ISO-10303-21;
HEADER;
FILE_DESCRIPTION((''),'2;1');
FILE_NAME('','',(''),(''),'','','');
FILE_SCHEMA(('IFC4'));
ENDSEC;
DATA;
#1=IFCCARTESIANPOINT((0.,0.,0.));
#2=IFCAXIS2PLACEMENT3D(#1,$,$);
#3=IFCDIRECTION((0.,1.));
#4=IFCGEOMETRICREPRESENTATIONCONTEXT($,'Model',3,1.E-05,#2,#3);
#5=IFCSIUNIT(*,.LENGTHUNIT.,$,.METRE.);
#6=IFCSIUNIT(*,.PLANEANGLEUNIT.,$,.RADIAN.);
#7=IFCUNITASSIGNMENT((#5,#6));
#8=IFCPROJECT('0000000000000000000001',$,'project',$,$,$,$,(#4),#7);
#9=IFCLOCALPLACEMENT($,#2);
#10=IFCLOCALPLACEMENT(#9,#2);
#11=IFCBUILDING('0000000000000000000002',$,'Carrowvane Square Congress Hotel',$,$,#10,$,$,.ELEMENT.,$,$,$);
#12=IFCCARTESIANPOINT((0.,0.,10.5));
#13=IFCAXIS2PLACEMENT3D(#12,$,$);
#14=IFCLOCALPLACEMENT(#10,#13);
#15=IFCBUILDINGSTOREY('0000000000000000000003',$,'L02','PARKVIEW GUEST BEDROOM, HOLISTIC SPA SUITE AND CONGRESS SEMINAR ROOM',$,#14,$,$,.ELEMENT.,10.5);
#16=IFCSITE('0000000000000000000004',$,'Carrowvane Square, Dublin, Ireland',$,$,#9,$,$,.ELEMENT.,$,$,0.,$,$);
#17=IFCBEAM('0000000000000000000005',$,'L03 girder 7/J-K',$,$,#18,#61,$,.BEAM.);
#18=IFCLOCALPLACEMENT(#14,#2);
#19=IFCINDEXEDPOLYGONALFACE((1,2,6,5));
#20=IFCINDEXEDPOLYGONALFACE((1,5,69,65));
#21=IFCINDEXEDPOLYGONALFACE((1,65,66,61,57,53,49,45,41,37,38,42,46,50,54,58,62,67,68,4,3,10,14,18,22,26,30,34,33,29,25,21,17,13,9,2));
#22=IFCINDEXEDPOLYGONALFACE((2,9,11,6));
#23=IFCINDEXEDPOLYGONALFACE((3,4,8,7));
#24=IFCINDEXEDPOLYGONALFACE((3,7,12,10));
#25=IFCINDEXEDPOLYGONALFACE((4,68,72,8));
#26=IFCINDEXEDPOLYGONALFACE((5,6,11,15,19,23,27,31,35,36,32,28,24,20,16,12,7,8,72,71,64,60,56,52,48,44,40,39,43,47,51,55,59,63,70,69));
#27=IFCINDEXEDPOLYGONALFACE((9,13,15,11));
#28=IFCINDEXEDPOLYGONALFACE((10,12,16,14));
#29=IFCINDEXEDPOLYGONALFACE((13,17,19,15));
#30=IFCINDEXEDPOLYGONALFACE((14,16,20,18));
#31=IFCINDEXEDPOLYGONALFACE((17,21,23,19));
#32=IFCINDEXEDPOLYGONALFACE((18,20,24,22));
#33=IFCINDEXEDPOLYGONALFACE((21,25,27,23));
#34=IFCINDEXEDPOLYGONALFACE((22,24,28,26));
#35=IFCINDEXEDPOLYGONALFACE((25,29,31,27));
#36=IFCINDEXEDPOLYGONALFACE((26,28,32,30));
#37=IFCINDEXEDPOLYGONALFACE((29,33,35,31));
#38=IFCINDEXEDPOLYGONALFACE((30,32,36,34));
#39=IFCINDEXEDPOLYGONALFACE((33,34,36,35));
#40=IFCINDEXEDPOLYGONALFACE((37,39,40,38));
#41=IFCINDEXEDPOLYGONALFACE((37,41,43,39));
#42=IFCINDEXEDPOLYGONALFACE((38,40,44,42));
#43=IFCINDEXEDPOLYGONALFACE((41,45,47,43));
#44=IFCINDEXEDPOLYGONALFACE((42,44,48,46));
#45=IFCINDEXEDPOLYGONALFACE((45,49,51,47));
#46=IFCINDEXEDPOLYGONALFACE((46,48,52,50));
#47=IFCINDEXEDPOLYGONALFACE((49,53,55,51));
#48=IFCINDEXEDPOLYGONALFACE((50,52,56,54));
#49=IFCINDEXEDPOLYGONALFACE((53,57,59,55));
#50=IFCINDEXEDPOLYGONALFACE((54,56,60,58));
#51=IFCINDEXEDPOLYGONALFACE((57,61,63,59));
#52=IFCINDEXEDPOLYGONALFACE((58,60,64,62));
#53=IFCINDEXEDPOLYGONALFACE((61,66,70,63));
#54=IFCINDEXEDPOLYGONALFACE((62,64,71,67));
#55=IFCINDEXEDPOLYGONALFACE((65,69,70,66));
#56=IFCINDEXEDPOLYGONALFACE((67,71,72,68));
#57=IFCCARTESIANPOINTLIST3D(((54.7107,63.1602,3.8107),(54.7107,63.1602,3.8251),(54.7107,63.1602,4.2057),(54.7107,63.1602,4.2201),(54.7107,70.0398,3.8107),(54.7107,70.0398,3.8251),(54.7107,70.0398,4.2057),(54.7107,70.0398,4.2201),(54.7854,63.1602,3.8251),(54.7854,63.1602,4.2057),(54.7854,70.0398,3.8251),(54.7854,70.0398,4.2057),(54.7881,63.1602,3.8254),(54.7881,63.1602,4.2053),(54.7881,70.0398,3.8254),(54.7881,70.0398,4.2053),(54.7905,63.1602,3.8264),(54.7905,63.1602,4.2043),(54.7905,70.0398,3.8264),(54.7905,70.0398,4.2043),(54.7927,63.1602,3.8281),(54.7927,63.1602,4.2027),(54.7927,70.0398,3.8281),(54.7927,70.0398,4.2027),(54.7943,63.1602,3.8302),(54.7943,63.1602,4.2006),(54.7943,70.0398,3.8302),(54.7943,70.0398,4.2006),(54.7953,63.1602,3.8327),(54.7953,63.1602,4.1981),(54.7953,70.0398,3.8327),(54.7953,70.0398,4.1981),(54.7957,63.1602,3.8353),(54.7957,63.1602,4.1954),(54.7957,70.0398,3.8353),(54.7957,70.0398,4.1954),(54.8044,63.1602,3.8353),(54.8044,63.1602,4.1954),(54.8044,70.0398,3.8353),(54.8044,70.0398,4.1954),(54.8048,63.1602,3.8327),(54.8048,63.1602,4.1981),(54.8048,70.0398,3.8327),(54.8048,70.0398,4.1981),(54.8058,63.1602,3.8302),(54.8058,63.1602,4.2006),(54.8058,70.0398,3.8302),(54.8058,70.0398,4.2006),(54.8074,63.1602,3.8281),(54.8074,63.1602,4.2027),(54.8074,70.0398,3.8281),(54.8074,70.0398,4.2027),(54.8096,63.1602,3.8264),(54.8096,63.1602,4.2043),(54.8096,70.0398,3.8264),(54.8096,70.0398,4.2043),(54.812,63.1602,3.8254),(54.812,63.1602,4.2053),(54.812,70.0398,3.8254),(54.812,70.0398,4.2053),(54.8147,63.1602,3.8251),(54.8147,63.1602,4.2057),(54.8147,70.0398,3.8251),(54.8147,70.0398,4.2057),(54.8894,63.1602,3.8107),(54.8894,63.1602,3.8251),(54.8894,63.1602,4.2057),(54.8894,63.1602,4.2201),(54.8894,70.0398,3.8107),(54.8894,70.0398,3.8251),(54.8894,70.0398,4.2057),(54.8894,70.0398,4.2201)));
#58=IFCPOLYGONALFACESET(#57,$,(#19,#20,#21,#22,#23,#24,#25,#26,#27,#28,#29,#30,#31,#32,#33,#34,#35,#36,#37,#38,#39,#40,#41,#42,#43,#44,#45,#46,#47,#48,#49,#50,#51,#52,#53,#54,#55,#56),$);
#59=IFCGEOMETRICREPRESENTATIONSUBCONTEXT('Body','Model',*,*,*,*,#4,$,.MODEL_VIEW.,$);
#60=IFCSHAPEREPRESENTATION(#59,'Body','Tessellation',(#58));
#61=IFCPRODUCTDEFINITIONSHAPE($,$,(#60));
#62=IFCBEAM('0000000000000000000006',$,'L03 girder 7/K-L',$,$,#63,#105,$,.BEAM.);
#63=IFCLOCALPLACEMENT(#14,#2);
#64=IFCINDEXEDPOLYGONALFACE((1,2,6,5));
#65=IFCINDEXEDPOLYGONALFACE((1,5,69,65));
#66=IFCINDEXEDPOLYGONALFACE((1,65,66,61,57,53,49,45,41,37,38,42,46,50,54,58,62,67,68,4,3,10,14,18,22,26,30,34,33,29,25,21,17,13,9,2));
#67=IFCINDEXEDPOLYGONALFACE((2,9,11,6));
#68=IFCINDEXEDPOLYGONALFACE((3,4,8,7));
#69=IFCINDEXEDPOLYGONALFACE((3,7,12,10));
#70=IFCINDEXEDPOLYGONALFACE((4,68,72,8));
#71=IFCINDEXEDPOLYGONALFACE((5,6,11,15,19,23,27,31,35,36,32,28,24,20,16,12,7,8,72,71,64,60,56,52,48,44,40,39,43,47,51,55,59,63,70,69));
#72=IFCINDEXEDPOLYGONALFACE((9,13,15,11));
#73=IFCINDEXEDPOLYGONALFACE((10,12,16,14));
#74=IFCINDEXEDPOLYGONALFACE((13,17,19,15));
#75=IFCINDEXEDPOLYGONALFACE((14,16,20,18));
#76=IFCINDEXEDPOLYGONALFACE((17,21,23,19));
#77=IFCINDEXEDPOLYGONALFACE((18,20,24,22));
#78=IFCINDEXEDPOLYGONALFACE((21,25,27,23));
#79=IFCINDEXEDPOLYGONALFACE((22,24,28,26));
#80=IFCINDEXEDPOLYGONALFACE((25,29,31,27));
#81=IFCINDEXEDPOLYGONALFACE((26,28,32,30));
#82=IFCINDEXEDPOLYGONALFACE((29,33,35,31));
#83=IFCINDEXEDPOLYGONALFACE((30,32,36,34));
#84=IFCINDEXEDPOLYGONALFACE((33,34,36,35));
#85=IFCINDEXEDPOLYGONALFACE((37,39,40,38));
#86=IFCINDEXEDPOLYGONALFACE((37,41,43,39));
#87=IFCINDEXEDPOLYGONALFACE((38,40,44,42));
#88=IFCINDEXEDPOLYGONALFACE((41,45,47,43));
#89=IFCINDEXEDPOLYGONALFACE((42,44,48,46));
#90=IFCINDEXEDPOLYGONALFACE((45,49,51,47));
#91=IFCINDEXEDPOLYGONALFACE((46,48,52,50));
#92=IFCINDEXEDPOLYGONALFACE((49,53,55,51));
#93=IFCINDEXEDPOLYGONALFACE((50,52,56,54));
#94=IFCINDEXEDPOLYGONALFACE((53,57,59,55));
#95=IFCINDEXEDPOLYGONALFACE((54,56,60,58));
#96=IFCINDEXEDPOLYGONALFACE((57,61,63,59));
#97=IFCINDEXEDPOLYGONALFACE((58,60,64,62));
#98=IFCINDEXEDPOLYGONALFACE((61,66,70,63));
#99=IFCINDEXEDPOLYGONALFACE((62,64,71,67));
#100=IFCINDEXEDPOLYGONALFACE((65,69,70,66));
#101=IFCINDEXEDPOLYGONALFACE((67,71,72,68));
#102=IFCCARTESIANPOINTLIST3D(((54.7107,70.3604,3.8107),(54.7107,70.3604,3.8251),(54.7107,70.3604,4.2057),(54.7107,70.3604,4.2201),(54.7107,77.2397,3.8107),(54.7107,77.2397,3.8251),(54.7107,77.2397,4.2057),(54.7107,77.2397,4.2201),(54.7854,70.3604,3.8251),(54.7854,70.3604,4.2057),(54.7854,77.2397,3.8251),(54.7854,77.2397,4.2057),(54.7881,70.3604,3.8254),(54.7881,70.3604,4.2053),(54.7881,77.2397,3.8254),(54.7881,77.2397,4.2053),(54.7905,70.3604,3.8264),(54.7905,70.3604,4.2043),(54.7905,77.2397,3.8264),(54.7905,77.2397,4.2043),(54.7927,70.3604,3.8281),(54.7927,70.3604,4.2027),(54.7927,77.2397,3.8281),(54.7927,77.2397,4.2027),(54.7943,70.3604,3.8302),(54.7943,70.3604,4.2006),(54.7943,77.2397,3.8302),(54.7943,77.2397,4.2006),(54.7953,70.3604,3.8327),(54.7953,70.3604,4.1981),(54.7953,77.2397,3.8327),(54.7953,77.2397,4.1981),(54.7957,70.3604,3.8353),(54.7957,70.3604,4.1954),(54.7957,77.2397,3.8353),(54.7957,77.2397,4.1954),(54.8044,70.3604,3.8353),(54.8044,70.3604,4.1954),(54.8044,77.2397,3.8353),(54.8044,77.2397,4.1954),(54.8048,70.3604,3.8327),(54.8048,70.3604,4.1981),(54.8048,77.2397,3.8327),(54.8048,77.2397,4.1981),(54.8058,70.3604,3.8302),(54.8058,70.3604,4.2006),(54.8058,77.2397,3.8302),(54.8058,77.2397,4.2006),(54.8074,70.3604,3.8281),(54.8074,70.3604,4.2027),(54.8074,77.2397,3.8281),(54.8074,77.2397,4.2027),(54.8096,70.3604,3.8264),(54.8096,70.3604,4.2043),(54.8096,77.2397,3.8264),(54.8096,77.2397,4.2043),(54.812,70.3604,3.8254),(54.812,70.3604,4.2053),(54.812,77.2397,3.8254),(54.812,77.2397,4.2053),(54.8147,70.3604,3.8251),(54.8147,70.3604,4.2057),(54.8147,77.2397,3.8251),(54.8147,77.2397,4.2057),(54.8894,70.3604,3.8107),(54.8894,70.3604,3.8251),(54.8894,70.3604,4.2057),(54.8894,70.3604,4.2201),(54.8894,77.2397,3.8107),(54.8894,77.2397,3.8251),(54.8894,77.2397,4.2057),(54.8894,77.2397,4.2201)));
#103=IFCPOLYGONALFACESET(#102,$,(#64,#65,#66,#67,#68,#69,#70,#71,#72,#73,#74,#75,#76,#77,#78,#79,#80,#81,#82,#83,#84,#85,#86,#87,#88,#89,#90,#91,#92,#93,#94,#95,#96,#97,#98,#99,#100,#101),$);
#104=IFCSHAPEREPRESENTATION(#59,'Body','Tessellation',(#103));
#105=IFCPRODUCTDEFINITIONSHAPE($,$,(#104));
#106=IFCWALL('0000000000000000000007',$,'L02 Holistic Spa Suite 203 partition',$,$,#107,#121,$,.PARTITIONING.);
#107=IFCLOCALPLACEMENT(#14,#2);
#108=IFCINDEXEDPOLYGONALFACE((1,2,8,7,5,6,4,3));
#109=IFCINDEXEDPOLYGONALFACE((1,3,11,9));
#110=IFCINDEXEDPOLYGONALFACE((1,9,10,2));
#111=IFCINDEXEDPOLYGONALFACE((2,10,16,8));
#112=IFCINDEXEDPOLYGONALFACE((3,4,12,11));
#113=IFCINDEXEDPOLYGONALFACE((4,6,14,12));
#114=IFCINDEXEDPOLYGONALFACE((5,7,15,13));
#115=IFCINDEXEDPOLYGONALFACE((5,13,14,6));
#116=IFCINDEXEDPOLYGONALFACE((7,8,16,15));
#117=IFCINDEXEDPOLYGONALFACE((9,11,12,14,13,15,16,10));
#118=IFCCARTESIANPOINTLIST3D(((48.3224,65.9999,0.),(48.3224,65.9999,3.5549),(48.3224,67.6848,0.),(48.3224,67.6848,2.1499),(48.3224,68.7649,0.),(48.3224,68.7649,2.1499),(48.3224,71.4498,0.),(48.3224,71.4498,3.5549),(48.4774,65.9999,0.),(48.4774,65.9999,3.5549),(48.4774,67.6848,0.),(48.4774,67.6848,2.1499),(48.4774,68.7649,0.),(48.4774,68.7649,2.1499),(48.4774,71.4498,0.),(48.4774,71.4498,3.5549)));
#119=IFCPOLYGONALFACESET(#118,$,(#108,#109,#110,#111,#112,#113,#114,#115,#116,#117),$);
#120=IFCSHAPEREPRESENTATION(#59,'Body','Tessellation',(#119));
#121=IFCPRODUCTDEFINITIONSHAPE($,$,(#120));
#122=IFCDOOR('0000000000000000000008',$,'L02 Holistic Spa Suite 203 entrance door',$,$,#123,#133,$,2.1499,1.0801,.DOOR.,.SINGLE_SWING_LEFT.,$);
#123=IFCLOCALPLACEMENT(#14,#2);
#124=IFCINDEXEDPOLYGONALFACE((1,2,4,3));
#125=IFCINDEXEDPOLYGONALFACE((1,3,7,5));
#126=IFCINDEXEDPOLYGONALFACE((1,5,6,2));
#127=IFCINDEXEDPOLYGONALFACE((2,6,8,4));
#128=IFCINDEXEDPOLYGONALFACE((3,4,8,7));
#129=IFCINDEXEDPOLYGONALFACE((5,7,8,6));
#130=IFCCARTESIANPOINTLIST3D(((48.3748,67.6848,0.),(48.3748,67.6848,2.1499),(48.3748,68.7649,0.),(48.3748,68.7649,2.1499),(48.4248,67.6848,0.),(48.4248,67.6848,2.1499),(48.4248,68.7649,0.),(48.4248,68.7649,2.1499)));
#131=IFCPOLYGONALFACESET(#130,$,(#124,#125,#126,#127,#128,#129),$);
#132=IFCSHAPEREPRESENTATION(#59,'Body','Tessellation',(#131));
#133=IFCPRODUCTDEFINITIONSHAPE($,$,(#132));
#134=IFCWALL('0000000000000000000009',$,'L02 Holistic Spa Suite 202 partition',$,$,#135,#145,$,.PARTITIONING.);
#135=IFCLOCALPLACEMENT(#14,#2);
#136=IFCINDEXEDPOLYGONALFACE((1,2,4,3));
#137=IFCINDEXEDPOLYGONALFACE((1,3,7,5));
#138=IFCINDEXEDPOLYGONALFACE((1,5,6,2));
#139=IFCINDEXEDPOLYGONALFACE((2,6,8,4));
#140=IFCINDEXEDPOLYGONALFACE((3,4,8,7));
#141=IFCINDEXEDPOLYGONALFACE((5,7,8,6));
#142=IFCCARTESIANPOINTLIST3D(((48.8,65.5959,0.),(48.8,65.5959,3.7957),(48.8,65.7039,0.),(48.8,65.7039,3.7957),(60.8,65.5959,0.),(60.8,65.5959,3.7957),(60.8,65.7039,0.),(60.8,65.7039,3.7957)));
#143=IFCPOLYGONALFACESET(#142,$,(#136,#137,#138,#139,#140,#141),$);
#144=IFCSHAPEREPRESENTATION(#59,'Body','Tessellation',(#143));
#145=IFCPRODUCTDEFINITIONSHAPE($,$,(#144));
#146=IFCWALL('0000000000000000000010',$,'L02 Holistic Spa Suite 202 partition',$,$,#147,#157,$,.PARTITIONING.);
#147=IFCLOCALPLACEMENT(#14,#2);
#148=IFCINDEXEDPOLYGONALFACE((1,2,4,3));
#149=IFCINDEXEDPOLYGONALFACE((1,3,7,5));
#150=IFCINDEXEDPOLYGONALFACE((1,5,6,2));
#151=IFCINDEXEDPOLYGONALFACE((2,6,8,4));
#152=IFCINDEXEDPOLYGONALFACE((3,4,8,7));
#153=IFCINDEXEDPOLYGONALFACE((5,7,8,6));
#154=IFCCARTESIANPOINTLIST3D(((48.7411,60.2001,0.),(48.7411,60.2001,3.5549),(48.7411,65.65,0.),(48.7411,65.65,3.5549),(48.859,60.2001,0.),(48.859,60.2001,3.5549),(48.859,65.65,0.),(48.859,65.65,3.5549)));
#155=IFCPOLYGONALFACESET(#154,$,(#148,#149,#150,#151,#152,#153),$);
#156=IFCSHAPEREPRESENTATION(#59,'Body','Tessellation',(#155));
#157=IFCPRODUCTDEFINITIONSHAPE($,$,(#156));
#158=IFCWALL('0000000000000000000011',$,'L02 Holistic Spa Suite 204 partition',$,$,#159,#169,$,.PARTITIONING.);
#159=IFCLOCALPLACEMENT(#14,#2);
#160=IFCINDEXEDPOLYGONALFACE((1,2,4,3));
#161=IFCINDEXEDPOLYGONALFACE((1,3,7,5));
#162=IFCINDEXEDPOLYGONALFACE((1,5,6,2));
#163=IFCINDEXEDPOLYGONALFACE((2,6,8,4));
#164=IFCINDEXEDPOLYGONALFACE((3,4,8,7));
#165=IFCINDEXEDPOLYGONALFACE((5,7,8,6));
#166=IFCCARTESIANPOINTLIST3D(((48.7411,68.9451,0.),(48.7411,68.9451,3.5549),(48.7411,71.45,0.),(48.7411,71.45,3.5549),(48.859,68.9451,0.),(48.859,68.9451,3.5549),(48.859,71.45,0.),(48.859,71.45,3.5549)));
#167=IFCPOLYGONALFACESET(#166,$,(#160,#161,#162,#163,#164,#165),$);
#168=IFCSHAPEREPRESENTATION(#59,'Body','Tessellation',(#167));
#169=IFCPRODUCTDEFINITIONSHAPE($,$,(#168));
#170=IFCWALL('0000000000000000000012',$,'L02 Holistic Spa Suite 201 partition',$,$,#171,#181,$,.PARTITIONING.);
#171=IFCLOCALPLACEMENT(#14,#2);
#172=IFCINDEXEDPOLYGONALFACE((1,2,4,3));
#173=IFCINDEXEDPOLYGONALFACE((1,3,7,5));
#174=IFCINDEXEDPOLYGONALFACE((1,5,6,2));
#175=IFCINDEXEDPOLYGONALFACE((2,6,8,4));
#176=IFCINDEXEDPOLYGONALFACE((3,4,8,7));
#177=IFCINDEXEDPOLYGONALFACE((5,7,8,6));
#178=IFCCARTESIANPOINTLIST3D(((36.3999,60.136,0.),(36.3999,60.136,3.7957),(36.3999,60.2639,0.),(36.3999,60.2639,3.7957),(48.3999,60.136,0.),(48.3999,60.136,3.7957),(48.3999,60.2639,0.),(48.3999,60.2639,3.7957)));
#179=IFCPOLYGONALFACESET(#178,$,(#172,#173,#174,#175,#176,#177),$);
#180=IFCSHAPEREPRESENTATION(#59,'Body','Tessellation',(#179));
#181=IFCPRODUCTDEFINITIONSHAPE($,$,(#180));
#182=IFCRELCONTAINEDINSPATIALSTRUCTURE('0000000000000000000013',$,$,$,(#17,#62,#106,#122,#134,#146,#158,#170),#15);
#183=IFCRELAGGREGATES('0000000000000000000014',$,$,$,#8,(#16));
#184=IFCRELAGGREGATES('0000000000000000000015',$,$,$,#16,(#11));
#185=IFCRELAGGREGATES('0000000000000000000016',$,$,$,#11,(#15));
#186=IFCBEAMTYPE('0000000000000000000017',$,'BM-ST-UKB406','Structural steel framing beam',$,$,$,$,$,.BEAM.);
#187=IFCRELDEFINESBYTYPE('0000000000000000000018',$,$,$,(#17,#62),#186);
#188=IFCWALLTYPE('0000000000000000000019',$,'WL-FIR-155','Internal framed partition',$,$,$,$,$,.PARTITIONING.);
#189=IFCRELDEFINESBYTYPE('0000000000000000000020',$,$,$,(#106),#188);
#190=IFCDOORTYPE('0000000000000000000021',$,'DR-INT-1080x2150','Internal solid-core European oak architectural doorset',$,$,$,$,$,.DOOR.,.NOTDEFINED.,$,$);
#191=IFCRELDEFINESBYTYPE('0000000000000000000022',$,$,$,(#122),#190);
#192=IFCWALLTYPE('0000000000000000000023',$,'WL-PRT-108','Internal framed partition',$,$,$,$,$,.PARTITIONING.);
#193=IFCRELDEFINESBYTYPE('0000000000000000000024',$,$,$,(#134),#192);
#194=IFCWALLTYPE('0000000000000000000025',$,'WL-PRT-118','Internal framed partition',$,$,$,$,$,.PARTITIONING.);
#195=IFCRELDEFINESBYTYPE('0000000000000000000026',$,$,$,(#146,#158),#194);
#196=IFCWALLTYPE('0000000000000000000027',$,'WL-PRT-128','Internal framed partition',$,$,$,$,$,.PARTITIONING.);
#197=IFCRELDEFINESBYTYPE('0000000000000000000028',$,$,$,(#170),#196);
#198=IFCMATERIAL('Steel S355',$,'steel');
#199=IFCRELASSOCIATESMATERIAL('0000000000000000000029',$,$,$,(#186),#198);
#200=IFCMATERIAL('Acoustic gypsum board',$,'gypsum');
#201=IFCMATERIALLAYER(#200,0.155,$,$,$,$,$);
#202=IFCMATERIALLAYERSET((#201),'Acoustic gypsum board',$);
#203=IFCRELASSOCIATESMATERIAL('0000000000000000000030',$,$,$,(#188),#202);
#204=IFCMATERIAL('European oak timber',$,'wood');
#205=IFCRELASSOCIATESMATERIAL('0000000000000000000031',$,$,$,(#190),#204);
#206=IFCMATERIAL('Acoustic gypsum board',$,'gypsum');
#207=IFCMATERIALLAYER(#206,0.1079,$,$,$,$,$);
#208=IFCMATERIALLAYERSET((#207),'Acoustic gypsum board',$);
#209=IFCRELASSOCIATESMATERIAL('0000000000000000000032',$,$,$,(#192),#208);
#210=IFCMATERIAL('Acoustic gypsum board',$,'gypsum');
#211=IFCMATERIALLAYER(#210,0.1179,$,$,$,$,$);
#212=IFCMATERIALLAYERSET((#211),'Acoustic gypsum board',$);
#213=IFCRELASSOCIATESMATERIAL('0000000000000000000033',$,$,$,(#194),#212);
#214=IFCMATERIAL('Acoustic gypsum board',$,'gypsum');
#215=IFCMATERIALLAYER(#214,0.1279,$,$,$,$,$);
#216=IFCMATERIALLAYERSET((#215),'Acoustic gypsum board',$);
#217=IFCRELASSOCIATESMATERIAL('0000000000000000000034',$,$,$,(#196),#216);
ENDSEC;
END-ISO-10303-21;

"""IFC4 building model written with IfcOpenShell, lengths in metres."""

from ifc_helpers import new_model, si_unit, direction, frame, frame_2d, origin, origin_2d, place, context, subcontext, project, spatial, rectangle, i_section, extrude, material, layer, layer_set, material_profile, profile_set, type_object, element, fill, save


model = new_model("IFC4")

# Units and contexts
model_context = context("Model", 3, precision=1e-05, world=origin(), true_north=direction((0.0, 1.0)))
body_context = subcontext(model_context, "Body", "Model", "MODEL_VIEW")
ifc_project = project(units=[si_unit("LENGTHUNIT", "METRE"), si_unit("PLANEANGLEUNIT", "RADIAN")], contexts=[model_context])

# Site, building, storey
site_placement = place(None, origin())
site = spatial("IfcSite", under=ifc_project, at=site_placement, Name="Carrowvane Square, Dublin, Ireland", CompositionType="ELEMENT", RefElevation=0.0)
building_placement = place(site_placement, origin())
building = spatial("IfcBuilding", under=site, at=building_placement, Name="Carrowvane Square Congress Hotel", CompositionType="ELEMENT")
storey_placement = place(building_placement, frame((0.0, 0.0, 10.5)))
storey = spatial("IfcBuildingStorey", under=building, at=storey_placement, Name="L02", Description="PARKVIEW GUEST BEDROOM, HOLISTIC SPA SUITE AND CONGRESS SEMINAR ROOM", CompositionType="ELEMENT", Elevation=10.5)

# Beams
ifc_material_1 = material(Name="Steel S355", Category="steel")
ifc_material_profile_1 = material_profile(ifc_material_1, i_section(OverallWidth=0.1787, OverallDepth=0.4094, WebThickness=0.0088, FlangeThickness=0.0144, FilletRadius=0.0103, at=origin_2d()), Name="UKB 406x178x67")
ifc_profile_set_1 = profile_set([ifc_material_profile_1], Name="Steel S355")
beam_type_1 = type_object("IfcBeamType", Name="BM-ST-UKB406", Description="Structural steel framing beam", PredefinedType="BEAM", material=ifc_profile_set_1)
beam_1_placement = place(storey_placement, frame((54.8, 63.1602, 4.0154), z_axis=(0.0, 1.0, 0.0), x_axis=(-1.0, 0.0, 0.0)))
element("IfcBeam", 1, at=beam_1_placement, inside=storey, type_object=beam_type_1, Name="L03 girder 7/J-K", PredefinedType="BEAM", context=body_context, shape_type="SweptSolid", body=[
    extrude(i_section(OverallWidth=0.1787, OverallDepth=0.4094, WebThickness=0.0088, FlangeThickness=0.0144, FilletRadius=0.0103, at=origin_2d()), origin(), (0.0, 0.0, 1.0), 6.8796),
])
beam_2_placement = place(storey_placement, frame((54.8, 70.3604, 4.0154), z_axis=(0.0, 1.0, 0.0), x_axis=(-1.0, 0.0, 0.0)))
element("IfcBeam", 2, at=beam_2_placement, inside=storey, type_object=beam_type_1, Name="L03 girder 7/K-L", PredefinedType="BEAM", context=body_context, shape_type="SweptSolid", body=[
    extrude(i_section(OverallWidth=0.1787, OverallDepth=0.4094, WebThickness=0.0088, FlangeThickness=0.0144, FilletRadius=0.0103, at=origin_2d()), origin(), (0.0, 0.0, 1.0), 6.8794),
])

# Wall, opening, door
ifc_material_2 = material(Name="Acoustic gypsum board", Category="gypsum")
ifc_layer_1 = layer(ifc_material_2, 0.155)
ifc_layer_set_1 = layer_set([ifc_layer_1], Name="Acoustic gypsum board")
wall_type_1 = type_object("IfcWallType", Name="WL-FIR-155", Description="Internal framed partition", PredefinedType="PARTITIONING", material=ifc_layer_set_1)
wall_1_placement = place(storey_placement, frame((48.3999, 71.45, 0.0), z_axis=(0.0, 0.0, 1.0), x_axis=(0.0, -1.0, 0.0)))
wall_1 = element("IfcWall", 3, at=wall_1_placement, inside=storey, type_object=wall_type_1, Name="L02 Holistic Spa Suite 203 partition", PredefinedType="PARTITIONING", context=body_context, shape_type="SweptSolid", body=[
    extrude(rectangle(XDim=5.45, YDim=0.155, at=frame_2d((2.7251, 0.0))), origin(), (0.0, 0.0, 1.0), 3.5549),
])
opening_placement = place(wall_1_placement, frame((2.6851, 0.0, 0.0)))
opening = element("IfcOpeningElement", 4, at=opening_placement, cuts=wall_1, PredefinedType="OPENING", context=body_context, shape_type="SweptSolid", body=[
    extrude(rectangle(XDim=1.0801, YDim=2.1499, at=frame_2d((0.54, 1.075))), frame((0.0, 0.0874, 0.0), z_axis=(0.0, -1.0, 0.0), x_axis=(1.0, 0.0, 0.0)), (0.0, 0.0, 1.0), 0.175),
])
ifc_material_3 = material(Name="European oak timber", Category="wood")
door_type = type_object("IfcDoorType", Name="DR-INT-1080x2150", Description="Internal solid-core European oak architectural doorset", OperationType="NOTDEFINED", PredefinedType="DOOR", material=ifc_material_3)
door_placement = place(opening_placement, origin())
door = element("IfcDoor", 5, at=door_placement, inside=storey, type_object=door_type, Name="L02 Holistic Spa Suite 203 entrance door", OperationType="SINGLE_SWING_LEFT", OverallHeight=2.1499, OverallWidth=1.0801, PredefinedType="DOOR", context=body_context, shape_type="SweptSolid", body=[
    extrude(rectangle(XDim=1.0801, YDim=2.1499, at=frame_2d((0.54, 1.075))), frame((0.0, 0.0249, 0.0), z_axis=(0.0, -1.0, 0.0), x_axis=(1.0, 0.0, 0.0)), (0.0, 0.0, 1.0), 0.05),
])
fill(opening, door)

# Walls
ifc_material_4 = material(Name="Acoustic gypsum board", Category="gypsum")
ifc_layer_2 = layer(ifc_material_4, 0.1079)
ifc_layer_set_2 = layer_set([ifc_layer_2], Name="Acoustic gypsum board")
wall_type_2 = type_object("IfcWallType", Name="WL-PRT-108", Description="Internal framed partition", PredefinedType="PARTITIONING", material=ifc_layer_set_2)
wall_2_placement = place(storey_placement, frame((48.8, 65.6499, 0.0), z_axis=(0.0, 0.0, 1.0), x_axis=(1.0, 0.0, 0.0)))
element("IfcWall", 6, at=wall_2_placement, inside=storey, type_object=wall_type_2, Name="L02 Holistic Spa Suite 202 partition", PredefinedType="PARTITIONING", context=body_context, shape_type="SweptSolid", body=[
    extrude(rectangle(XDim=12.0, YDim=0.1079, at=frame_2d((6.0, 0.0))), origin(), (0.0, 0.0, 1.0), 3.7957),
])
ifc_material_5 = material(Name="Acoustic gypsum board", Category="gypsum")
ifc_layer_3 = layer(ifc_material_5, 0.1179)
ifc_layer_set_3 = layer_set([ifc_layer_3], Name="Acoustic gypsum board")
wall_type_3 = type_object("IfcWallType", Name="WL-PRT-118", Description="Internal framed partition", PredefinedType="PARTITIONING", material=ifc_layer_set_3)
wall_3_placement = place(storey_placement, frame((48.8, 60.2, 0.0), z_axis=(0.0, 0.0, 1.0), x_axis=(0.0, 1.0, 0.0)))
element("IfcWall", 7, at=wall_3_placement, inside=storey, type_object=wall_type_3, Name="L02 Holistic Spa Suite 202 partition", PredefinedType="PARTITIONING", context=body_context, shape_type="SweptSolid", body=[
    extrude(rectangle(XDim=5.45, YDim=0.1179, at=frame_2d((2.7251, 0.0))), origin(), (0.0, 0.0, 1.0), 3.5549),
])
wall_4_placement = place(storey_placement, frame((48.8, 68.9451, 0.0), z_axis=(0.0, 0.0, 1.0), x_axis=(0.0, 1.0, 0.0)))
element("IfcWall", 8, at=wall_4_placement, inside=storey, type_object=wall_type_3, Name="L02 Holistic Spa Suite 204 partition", PredefinedType="PARTITIONING", context=body_context, shape_type="SweptSolid", body=[
    extrude(rectangle(XDim=2.5049, YDim=0.1179, at=frame_2d((1.2524, 0.0))), origin(), (0.0, 0.0, 1.0), 3.5549),
])
ifc_material_6 = material(Name="Acoustic gypsum board", Category="gypsum")
ifc_layer_4 = layer(ifc_material_6, 0.1279)
ifc_layer_set_4 = layer_set([ifc_layer_4], Name="Acoustic gypsum board")
wall_type_4 = type_object("IfcWallType", Name="WL-PRT-128", Description="Internal framed partition", PredefinedType="PARTITIONING", material=ifc_layer_set_4)
wall_5_placement = place(storey_placement, frame((48.3999, 60.2, 0.0), z_axis=(0.0, 0.0, 1.0), x_axis=(-1.0, 0.0, 0.0)))
element("IfcWall", 9, at=wall_5_placement, inside=storey, type_object=wall_type_4, Name="L02 Holistic Spa Suite 201 partition", PredefinedType="PARTITIONING", context=body_context, shape_type="SweptSolid", body=[
    extrude(rectangle(XDim=12.0, YDim=0.1279, at=frame_2d((6.0, 0.0))), origin(), (0.0, 0.0, 1.0), 3.7957),
])

save(model, "model.ifc")
